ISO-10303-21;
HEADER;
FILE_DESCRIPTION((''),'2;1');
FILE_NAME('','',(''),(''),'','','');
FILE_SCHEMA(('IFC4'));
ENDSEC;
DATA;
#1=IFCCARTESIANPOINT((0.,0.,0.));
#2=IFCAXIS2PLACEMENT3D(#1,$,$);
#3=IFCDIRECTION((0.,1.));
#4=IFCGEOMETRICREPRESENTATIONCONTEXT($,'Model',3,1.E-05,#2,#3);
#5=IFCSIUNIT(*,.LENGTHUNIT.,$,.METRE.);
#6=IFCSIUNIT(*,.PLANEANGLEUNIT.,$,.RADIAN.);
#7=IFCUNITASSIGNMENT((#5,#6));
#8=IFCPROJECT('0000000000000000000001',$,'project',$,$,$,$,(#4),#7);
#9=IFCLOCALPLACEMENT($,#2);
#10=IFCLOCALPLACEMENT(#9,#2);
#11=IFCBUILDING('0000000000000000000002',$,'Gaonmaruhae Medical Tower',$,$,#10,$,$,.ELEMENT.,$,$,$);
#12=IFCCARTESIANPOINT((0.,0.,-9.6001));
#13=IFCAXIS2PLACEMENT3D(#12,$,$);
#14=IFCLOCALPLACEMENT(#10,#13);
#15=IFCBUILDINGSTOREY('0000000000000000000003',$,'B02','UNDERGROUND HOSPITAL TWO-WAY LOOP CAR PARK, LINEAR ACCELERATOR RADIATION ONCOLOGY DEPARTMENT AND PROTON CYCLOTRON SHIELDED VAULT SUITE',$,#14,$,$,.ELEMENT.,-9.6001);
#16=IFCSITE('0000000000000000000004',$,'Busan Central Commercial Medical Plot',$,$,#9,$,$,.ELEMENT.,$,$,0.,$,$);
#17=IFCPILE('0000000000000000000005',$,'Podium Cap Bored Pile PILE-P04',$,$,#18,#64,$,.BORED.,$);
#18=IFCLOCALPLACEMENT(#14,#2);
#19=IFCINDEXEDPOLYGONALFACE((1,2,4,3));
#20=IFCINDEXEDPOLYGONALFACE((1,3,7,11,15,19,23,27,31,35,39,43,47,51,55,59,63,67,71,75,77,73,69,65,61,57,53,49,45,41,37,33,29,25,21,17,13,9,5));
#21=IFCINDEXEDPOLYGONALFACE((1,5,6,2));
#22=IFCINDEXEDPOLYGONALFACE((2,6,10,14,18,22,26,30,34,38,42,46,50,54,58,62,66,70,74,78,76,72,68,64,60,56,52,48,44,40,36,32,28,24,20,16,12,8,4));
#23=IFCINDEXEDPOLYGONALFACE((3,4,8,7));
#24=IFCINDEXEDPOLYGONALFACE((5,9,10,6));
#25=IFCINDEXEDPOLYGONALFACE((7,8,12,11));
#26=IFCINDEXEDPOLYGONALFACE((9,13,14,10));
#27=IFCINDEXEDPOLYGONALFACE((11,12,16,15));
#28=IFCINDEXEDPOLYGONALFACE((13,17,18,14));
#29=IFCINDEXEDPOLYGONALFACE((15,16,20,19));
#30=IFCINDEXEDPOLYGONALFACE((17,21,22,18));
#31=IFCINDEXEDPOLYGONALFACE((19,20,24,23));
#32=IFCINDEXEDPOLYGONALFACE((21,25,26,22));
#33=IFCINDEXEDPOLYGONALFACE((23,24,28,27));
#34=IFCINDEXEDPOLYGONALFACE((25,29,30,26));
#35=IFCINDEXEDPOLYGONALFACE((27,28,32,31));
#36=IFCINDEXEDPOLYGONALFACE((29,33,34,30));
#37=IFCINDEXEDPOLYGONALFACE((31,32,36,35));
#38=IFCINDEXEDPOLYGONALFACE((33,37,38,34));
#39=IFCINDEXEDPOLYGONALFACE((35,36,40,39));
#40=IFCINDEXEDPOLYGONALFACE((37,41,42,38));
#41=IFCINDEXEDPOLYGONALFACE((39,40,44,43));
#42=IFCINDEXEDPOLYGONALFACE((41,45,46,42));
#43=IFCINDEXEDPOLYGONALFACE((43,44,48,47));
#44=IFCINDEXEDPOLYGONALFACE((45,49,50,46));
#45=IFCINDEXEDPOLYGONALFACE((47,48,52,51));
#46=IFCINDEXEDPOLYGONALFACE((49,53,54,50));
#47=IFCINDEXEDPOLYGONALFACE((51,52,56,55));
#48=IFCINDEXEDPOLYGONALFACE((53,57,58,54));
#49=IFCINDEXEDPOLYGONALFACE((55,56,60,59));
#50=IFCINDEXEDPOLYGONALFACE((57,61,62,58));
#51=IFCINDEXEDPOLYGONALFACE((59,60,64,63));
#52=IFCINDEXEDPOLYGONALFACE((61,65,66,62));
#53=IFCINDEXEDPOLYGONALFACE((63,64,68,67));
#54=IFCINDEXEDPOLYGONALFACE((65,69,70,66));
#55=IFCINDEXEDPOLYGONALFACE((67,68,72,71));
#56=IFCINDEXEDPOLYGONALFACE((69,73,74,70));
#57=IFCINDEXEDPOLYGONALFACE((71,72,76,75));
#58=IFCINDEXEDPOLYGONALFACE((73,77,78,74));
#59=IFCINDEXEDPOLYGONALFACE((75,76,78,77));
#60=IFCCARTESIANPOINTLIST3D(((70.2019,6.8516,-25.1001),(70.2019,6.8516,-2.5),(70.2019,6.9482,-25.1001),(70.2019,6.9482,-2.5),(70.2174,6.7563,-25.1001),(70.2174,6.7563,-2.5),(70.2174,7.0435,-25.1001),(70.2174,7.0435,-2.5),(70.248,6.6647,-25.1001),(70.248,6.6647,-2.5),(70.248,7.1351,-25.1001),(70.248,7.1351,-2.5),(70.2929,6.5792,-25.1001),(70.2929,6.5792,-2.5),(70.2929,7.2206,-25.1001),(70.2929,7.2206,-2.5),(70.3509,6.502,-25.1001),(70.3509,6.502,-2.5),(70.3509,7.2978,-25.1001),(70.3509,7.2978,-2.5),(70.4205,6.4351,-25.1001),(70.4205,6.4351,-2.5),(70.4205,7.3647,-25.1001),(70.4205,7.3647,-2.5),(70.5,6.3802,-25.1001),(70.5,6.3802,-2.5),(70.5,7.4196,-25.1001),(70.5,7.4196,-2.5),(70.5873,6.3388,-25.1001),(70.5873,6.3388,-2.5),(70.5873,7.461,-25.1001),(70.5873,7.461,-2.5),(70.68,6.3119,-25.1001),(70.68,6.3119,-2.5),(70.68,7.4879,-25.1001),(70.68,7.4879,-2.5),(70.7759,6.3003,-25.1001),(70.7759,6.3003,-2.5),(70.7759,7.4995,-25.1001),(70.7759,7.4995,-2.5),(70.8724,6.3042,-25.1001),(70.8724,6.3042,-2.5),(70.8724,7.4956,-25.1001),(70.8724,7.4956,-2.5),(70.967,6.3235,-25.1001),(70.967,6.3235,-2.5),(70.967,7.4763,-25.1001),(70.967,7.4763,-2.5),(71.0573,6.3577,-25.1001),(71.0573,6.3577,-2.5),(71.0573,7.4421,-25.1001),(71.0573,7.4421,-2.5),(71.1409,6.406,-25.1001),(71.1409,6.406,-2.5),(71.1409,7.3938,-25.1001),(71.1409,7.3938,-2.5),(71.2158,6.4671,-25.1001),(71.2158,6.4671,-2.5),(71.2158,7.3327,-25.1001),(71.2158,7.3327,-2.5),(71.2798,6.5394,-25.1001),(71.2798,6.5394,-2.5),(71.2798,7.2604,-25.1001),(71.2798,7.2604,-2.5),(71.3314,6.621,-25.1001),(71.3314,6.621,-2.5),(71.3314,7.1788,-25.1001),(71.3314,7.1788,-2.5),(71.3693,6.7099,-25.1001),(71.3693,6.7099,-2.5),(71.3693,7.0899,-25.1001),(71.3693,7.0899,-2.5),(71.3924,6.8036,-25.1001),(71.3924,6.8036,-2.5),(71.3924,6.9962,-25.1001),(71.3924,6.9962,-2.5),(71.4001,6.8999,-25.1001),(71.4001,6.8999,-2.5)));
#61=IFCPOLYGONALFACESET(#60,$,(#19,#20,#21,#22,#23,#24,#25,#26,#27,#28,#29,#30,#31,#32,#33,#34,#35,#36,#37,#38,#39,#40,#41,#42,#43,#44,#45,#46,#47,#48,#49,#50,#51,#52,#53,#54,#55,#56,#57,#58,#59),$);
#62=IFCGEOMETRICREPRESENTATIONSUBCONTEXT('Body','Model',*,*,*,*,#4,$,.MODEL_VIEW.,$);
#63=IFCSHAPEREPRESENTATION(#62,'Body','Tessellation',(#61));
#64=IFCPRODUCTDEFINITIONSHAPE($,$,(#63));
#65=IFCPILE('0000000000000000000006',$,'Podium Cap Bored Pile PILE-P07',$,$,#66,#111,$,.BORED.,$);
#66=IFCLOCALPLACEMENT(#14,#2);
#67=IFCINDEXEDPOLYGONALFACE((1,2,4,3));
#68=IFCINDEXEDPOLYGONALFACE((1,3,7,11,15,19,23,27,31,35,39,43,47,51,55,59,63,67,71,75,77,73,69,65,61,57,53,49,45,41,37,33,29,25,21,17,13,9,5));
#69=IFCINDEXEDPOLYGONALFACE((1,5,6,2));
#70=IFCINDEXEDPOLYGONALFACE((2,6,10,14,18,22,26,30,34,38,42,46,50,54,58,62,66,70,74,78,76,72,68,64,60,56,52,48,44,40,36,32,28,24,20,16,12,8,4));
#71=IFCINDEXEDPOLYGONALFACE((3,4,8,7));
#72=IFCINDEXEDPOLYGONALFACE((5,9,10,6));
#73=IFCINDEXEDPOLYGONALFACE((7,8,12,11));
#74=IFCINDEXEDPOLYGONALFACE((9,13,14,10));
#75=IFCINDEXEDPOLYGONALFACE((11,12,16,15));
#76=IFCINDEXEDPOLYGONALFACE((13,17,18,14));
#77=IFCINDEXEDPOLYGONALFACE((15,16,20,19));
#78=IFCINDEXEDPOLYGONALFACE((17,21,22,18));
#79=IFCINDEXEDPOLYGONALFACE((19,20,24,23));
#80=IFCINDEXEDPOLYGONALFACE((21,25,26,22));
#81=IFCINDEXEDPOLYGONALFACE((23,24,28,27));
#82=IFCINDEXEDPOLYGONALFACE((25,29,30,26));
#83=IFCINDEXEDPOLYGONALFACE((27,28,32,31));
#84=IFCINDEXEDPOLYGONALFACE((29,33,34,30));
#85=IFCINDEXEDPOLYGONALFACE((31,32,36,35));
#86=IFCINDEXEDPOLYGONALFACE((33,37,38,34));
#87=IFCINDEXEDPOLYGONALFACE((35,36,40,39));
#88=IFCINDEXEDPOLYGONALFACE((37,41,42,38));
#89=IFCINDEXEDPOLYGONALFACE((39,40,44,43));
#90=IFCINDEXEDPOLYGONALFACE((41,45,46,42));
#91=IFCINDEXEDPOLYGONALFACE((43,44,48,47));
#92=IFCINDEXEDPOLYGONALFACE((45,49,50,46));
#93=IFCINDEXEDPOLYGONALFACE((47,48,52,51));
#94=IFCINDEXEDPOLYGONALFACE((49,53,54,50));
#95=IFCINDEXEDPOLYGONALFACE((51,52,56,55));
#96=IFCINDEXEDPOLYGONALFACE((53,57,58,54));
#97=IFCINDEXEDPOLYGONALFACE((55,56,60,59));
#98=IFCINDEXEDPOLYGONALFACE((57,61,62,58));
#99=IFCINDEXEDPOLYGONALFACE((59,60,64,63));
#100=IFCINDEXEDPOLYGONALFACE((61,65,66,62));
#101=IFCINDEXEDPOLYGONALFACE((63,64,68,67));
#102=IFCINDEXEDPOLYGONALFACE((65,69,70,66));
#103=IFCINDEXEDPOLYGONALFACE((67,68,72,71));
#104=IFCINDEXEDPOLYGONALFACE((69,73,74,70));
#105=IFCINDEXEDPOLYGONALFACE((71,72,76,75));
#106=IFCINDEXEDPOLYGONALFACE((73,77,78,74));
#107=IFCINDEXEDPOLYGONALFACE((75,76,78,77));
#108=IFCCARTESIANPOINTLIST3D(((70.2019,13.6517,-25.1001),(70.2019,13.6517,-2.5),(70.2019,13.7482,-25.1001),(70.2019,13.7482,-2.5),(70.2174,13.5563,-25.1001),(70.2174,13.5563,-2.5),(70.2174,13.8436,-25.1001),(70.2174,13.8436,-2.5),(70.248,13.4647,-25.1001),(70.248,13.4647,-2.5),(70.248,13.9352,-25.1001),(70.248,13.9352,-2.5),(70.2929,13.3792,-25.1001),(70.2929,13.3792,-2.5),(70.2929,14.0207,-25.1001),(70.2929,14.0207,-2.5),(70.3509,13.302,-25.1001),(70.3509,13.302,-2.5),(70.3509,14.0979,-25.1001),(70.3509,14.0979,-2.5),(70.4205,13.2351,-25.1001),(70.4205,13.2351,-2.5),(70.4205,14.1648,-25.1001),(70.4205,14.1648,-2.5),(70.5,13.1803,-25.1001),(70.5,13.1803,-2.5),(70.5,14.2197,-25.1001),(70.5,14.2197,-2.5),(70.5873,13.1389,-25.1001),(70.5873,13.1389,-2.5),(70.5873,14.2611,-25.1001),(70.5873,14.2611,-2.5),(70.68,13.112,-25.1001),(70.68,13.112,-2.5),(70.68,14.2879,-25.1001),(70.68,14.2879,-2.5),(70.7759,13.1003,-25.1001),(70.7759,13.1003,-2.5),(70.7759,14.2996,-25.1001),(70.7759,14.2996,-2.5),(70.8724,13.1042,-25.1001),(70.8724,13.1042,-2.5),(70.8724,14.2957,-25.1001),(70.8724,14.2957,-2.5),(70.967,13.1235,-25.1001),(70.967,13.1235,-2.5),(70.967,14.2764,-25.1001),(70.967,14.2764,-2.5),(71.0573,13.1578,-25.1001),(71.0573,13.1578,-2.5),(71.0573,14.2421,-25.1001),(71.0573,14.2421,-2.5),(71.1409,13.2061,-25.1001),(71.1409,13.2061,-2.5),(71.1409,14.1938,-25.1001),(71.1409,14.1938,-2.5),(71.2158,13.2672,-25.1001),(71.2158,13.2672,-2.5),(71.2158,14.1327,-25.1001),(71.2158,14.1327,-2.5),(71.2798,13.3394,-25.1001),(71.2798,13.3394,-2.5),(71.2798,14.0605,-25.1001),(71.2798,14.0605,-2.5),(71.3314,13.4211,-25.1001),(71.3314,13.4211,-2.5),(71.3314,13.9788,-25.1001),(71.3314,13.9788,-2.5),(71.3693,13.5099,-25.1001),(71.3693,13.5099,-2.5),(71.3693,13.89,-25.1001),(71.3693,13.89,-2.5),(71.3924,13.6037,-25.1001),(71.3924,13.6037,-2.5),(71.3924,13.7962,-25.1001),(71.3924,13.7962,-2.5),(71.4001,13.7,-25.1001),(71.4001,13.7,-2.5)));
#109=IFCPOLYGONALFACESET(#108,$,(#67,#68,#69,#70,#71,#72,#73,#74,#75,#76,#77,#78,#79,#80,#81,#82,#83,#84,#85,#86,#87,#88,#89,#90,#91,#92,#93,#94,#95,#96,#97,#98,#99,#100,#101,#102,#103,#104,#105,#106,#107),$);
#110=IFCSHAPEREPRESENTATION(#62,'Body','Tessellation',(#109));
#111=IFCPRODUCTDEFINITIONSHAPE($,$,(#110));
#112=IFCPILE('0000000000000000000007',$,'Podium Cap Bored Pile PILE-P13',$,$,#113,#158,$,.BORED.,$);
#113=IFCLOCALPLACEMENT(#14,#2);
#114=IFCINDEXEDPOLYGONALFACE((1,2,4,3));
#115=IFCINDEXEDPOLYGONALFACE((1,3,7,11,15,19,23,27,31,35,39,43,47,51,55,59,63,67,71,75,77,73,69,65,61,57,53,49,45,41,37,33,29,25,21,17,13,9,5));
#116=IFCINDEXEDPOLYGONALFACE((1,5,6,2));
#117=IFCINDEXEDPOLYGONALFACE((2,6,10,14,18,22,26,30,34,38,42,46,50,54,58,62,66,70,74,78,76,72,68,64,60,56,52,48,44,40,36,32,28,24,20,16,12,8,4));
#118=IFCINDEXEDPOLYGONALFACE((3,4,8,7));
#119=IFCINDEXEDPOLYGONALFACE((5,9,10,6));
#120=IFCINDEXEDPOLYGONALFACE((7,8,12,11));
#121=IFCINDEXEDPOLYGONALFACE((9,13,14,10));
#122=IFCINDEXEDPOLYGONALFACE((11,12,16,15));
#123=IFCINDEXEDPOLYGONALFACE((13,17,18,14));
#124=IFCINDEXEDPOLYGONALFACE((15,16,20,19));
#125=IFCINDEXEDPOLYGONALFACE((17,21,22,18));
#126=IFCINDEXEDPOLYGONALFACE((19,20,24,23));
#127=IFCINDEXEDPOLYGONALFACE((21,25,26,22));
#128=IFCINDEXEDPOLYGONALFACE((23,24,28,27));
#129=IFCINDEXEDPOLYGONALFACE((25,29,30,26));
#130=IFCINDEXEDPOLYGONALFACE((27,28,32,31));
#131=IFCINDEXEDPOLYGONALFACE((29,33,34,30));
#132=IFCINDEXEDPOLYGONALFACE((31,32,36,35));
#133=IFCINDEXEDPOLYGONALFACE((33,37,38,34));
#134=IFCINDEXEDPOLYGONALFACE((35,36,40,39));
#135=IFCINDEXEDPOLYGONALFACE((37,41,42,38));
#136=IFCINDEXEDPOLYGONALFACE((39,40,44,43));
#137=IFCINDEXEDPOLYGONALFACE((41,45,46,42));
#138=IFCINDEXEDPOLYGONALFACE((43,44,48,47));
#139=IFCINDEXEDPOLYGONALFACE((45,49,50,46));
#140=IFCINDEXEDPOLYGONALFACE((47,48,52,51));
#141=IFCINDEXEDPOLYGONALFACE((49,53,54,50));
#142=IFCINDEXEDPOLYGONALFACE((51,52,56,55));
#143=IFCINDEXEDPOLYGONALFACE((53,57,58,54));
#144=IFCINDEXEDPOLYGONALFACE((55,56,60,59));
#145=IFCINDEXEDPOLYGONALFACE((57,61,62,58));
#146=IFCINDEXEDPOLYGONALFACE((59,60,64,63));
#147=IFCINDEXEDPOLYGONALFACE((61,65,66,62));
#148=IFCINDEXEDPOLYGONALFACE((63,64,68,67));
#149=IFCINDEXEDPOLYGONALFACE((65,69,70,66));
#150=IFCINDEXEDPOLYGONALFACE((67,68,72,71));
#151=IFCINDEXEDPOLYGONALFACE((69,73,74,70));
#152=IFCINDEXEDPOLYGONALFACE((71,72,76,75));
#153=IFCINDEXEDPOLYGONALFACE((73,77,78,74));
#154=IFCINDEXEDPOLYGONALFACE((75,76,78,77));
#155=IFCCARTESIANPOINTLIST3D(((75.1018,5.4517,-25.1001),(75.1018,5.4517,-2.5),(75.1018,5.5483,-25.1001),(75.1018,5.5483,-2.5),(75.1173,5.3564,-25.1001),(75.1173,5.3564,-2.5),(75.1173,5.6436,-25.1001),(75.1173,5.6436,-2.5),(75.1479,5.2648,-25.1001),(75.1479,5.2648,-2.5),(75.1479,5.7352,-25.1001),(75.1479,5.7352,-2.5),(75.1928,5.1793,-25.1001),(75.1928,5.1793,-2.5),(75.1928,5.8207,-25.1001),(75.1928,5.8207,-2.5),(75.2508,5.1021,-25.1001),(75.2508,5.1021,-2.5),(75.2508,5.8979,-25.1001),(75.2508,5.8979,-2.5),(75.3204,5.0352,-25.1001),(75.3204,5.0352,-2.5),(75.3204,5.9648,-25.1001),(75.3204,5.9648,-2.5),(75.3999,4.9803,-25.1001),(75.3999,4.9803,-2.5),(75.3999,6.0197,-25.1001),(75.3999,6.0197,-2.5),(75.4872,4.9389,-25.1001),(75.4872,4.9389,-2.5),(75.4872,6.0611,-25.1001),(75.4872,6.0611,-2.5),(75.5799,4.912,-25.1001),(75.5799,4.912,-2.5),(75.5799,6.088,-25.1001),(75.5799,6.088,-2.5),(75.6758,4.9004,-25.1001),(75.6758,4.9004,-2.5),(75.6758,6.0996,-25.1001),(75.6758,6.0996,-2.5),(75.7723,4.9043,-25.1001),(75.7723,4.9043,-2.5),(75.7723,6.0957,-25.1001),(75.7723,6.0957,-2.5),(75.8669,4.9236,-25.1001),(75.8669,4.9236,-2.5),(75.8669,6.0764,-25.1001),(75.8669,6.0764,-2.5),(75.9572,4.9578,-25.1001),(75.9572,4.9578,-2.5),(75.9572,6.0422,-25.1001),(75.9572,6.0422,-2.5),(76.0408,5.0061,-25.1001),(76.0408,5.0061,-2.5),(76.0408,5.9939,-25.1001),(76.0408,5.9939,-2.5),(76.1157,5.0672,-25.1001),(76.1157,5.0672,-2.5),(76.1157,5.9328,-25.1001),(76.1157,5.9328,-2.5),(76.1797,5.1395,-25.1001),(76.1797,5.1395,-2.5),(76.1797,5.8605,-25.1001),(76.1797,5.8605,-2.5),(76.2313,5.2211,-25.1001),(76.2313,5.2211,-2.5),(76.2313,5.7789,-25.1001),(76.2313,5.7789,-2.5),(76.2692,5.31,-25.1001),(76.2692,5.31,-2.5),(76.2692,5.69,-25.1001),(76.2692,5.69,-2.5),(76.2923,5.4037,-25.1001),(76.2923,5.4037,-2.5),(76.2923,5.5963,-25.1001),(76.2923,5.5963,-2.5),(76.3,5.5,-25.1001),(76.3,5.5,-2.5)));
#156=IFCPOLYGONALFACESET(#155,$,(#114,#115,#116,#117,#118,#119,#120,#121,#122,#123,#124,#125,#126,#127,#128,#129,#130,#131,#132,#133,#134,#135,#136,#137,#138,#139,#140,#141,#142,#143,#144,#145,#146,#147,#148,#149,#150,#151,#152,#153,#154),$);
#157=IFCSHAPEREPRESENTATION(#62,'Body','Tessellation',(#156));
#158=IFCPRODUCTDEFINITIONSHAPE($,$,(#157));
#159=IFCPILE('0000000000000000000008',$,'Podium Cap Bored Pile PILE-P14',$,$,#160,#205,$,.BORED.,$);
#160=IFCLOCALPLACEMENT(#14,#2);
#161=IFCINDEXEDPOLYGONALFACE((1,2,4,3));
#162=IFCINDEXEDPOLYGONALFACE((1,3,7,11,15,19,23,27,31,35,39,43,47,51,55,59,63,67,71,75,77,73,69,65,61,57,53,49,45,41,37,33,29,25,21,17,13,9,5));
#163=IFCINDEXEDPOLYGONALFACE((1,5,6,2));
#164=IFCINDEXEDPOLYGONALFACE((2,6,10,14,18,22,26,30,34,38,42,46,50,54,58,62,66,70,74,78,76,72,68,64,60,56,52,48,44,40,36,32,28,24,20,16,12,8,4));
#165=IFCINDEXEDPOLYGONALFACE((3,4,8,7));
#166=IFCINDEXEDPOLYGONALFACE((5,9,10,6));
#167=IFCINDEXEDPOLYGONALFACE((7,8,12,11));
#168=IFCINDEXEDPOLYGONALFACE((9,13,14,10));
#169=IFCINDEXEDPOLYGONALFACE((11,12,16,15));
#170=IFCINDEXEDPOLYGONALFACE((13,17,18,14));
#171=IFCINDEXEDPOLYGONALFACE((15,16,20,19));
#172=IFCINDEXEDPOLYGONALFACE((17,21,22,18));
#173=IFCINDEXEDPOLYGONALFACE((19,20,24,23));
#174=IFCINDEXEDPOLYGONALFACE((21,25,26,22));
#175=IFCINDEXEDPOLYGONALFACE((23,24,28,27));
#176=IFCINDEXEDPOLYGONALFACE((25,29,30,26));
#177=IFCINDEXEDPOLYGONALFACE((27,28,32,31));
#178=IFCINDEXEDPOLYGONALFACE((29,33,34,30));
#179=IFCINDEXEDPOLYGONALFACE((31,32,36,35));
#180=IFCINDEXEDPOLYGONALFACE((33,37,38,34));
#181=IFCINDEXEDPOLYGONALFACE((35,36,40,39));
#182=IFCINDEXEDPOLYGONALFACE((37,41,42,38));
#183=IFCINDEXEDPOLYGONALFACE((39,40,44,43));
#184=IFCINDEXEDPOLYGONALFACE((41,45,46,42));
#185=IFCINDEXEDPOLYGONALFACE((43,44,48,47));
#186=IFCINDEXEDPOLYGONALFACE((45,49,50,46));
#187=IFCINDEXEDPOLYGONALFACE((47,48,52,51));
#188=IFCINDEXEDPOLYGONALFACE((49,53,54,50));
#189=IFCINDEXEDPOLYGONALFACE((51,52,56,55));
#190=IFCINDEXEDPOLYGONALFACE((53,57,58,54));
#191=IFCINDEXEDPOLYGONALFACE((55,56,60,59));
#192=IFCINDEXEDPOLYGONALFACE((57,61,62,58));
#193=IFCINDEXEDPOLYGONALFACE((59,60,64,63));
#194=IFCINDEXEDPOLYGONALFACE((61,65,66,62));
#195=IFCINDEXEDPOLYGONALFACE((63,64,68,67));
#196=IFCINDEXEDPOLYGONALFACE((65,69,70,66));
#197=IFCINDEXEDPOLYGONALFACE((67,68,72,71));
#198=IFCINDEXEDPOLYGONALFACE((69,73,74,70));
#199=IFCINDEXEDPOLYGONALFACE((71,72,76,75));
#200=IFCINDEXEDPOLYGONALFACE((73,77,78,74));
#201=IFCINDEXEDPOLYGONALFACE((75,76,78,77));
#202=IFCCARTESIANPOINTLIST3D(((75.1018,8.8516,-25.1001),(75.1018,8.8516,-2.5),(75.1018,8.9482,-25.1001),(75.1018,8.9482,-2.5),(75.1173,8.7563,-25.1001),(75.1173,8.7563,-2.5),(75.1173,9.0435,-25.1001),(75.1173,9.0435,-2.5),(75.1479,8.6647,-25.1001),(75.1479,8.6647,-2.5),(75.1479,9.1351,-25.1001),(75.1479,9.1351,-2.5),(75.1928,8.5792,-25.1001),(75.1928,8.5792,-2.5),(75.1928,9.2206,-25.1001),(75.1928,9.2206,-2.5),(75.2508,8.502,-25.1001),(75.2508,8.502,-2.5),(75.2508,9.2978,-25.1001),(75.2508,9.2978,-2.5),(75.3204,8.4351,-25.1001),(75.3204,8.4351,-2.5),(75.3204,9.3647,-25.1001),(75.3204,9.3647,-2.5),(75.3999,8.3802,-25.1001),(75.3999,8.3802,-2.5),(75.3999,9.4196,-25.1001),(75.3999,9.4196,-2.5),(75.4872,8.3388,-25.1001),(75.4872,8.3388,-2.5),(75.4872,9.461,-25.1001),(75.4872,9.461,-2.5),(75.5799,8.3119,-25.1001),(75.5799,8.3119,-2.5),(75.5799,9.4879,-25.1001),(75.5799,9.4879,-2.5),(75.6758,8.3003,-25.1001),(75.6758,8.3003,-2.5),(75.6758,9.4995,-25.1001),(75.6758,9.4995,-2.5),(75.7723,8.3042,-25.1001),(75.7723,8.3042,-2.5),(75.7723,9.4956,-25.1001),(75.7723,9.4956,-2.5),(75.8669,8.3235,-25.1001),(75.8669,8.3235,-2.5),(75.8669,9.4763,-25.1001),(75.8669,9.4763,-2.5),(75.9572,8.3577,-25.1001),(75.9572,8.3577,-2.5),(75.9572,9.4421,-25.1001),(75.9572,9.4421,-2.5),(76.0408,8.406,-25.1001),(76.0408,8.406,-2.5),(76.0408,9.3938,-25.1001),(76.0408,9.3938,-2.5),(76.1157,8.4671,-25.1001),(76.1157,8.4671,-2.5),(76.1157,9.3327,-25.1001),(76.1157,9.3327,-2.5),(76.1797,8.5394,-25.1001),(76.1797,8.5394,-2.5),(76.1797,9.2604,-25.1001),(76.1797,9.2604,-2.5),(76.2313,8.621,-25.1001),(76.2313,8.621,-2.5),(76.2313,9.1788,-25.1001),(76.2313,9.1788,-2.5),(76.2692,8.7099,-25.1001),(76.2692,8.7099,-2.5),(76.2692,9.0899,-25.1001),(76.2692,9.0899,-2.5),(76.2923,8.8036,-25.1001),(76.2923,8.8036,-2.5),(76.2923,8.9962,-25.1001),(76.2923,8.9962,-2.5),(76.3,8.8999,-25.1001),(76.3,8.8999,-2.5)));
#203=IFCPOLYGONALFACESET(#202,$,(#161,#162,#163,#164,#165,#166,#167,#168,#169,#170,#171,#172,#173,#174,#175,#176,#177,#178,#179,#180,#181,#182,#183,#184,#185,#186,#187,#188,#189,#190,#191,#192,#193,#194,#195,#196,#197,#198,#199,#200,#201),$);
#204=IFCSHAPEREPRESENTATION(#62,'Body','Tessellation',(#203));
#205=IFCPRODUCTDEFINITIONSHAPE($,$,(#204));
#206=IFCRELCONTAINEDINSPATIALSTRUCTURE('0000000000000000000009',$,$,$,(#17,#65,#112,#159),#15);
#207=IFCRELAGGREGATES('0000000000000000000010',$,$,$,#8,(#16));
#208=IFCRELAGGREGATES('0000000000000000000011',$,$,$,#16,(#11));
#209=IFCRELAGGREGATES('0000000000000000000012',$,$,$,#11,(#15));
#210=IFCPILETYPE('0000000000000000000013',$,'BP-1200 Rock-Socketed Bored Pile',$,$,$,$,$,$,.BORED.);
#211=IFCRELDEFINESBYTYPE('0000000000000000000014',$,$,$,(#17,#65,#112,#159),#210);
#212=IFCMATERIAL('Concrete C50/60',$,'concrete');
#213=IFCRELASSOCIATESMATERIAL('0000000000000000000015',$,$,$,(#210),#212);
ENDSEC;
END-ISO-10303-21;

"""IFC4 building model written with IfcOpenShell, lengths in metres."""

from ifc_helpers import new_model, si_unit, direction, frame, origin, origin_2d, place, context, subcontext, project, spatial, circle, extrude, material, material_profile, profile_set, type_object, element, save


model = new_model("IFC4")

# Units and contexts
model_context = context("Model", 3, precision=1e-05, world=origin(), true_north=direction((0.0, 1.0)))
body_context = subcontext(model_context, "Body", "Model", "MODEL_VIEW")
ifc_project = project(units=[si_unit("LENGTHUNIT", "METRE"), si_unit("PLANEANGLEUNIT", "RADIAN")], contexts=[model_context])

# Site, building, storey
site_placement = place(None, origin())
site = spatial("IfcSite", under=ifc_project, at=site_placement, Name="Busan Central Commercial Medical Plot", CompositionType="ELEMENT", RefElevation=0.0)
building_placement = place(site_placement, origin())
building = spatial("IfcBuilding", under=site, at=building_placement, Name="Gaonmaruhae Medical Tower", CompositionType="ELEMENT")
storey_placement = place(building_placement, frame((0.0, 0.0, -9.6001)))
storey = spatial("IfcBuildingStorey", under=building, at=storey_placement, Name="B02", Description="UNDERGROUND HOSPITAL TWO-WAY LOOP CAR PARK, LINEAR ACCELERATOR RADIATION ONCOLOGY DEPARTMENT AND PROTON CYCLOTRON SHIELDED VAULT SUITE", CompositionType="ELEMENT", Elevation=-9.6001)

# Piles
ifc_material_1 = material(Name="Concrete C50/60", Category="concrete")
ifc_material_profile_1 = material_profile(ifc_material_1, circle(Radius=0.6001, at=origin_2d()), Name="PILE-D1200")
ifc_profile_set_1 = profile_set([ifc_material_profile_1], Name="Concrete C50/60")
pile_type = type_object("IfcPileType", Name="BP-1200 Rock-Socketed Bored Pile", PredefinedType="BORED", material=ifc_profile_set_1)
for number, where, z_axis, x_axis, name in (
    (1, (70.8, 6.8999, -2.5), (0.0, 0.0, -1.0), (1.0, 0.0, 0.0), "Podium Cap Bored Pile PILE-P04"),
    (2, (70.8, 13.7, -2.5), (0.0, 0.0, -1.0), (1.0, 0.0, 0.0), "Podium Cap Bored Pile PILE-P07"),
    (3, (75.7, 5.5, -2.5), (0.0, 0.0, -1.0), (1.0, 0.0, 0.0), "Podium Cap Bored Pile PILE-P13"),
    (4, (75.7, 8.8999, -2.5), (0.0, 0.0, -1.0), (1.0, 0.0, 0.0), "Podium Cap Bored Pile PILE-P14"),
):
    element("IfcPile", number, at=place(storey_placement, frame(where, z_axis=z_axis, x_axis=x_axis)), inside=storey, type_object=pile_type, Name=name, PredefinedType="BORED", context=body_context, shape_type="SweptSolid", body=[
        extrude(circle(Radius=0.6001, at=origin_2d()), origin(), (0.0, 0.0, 1.0), 22.6001),
    ])

save(model, "model.ifc")
